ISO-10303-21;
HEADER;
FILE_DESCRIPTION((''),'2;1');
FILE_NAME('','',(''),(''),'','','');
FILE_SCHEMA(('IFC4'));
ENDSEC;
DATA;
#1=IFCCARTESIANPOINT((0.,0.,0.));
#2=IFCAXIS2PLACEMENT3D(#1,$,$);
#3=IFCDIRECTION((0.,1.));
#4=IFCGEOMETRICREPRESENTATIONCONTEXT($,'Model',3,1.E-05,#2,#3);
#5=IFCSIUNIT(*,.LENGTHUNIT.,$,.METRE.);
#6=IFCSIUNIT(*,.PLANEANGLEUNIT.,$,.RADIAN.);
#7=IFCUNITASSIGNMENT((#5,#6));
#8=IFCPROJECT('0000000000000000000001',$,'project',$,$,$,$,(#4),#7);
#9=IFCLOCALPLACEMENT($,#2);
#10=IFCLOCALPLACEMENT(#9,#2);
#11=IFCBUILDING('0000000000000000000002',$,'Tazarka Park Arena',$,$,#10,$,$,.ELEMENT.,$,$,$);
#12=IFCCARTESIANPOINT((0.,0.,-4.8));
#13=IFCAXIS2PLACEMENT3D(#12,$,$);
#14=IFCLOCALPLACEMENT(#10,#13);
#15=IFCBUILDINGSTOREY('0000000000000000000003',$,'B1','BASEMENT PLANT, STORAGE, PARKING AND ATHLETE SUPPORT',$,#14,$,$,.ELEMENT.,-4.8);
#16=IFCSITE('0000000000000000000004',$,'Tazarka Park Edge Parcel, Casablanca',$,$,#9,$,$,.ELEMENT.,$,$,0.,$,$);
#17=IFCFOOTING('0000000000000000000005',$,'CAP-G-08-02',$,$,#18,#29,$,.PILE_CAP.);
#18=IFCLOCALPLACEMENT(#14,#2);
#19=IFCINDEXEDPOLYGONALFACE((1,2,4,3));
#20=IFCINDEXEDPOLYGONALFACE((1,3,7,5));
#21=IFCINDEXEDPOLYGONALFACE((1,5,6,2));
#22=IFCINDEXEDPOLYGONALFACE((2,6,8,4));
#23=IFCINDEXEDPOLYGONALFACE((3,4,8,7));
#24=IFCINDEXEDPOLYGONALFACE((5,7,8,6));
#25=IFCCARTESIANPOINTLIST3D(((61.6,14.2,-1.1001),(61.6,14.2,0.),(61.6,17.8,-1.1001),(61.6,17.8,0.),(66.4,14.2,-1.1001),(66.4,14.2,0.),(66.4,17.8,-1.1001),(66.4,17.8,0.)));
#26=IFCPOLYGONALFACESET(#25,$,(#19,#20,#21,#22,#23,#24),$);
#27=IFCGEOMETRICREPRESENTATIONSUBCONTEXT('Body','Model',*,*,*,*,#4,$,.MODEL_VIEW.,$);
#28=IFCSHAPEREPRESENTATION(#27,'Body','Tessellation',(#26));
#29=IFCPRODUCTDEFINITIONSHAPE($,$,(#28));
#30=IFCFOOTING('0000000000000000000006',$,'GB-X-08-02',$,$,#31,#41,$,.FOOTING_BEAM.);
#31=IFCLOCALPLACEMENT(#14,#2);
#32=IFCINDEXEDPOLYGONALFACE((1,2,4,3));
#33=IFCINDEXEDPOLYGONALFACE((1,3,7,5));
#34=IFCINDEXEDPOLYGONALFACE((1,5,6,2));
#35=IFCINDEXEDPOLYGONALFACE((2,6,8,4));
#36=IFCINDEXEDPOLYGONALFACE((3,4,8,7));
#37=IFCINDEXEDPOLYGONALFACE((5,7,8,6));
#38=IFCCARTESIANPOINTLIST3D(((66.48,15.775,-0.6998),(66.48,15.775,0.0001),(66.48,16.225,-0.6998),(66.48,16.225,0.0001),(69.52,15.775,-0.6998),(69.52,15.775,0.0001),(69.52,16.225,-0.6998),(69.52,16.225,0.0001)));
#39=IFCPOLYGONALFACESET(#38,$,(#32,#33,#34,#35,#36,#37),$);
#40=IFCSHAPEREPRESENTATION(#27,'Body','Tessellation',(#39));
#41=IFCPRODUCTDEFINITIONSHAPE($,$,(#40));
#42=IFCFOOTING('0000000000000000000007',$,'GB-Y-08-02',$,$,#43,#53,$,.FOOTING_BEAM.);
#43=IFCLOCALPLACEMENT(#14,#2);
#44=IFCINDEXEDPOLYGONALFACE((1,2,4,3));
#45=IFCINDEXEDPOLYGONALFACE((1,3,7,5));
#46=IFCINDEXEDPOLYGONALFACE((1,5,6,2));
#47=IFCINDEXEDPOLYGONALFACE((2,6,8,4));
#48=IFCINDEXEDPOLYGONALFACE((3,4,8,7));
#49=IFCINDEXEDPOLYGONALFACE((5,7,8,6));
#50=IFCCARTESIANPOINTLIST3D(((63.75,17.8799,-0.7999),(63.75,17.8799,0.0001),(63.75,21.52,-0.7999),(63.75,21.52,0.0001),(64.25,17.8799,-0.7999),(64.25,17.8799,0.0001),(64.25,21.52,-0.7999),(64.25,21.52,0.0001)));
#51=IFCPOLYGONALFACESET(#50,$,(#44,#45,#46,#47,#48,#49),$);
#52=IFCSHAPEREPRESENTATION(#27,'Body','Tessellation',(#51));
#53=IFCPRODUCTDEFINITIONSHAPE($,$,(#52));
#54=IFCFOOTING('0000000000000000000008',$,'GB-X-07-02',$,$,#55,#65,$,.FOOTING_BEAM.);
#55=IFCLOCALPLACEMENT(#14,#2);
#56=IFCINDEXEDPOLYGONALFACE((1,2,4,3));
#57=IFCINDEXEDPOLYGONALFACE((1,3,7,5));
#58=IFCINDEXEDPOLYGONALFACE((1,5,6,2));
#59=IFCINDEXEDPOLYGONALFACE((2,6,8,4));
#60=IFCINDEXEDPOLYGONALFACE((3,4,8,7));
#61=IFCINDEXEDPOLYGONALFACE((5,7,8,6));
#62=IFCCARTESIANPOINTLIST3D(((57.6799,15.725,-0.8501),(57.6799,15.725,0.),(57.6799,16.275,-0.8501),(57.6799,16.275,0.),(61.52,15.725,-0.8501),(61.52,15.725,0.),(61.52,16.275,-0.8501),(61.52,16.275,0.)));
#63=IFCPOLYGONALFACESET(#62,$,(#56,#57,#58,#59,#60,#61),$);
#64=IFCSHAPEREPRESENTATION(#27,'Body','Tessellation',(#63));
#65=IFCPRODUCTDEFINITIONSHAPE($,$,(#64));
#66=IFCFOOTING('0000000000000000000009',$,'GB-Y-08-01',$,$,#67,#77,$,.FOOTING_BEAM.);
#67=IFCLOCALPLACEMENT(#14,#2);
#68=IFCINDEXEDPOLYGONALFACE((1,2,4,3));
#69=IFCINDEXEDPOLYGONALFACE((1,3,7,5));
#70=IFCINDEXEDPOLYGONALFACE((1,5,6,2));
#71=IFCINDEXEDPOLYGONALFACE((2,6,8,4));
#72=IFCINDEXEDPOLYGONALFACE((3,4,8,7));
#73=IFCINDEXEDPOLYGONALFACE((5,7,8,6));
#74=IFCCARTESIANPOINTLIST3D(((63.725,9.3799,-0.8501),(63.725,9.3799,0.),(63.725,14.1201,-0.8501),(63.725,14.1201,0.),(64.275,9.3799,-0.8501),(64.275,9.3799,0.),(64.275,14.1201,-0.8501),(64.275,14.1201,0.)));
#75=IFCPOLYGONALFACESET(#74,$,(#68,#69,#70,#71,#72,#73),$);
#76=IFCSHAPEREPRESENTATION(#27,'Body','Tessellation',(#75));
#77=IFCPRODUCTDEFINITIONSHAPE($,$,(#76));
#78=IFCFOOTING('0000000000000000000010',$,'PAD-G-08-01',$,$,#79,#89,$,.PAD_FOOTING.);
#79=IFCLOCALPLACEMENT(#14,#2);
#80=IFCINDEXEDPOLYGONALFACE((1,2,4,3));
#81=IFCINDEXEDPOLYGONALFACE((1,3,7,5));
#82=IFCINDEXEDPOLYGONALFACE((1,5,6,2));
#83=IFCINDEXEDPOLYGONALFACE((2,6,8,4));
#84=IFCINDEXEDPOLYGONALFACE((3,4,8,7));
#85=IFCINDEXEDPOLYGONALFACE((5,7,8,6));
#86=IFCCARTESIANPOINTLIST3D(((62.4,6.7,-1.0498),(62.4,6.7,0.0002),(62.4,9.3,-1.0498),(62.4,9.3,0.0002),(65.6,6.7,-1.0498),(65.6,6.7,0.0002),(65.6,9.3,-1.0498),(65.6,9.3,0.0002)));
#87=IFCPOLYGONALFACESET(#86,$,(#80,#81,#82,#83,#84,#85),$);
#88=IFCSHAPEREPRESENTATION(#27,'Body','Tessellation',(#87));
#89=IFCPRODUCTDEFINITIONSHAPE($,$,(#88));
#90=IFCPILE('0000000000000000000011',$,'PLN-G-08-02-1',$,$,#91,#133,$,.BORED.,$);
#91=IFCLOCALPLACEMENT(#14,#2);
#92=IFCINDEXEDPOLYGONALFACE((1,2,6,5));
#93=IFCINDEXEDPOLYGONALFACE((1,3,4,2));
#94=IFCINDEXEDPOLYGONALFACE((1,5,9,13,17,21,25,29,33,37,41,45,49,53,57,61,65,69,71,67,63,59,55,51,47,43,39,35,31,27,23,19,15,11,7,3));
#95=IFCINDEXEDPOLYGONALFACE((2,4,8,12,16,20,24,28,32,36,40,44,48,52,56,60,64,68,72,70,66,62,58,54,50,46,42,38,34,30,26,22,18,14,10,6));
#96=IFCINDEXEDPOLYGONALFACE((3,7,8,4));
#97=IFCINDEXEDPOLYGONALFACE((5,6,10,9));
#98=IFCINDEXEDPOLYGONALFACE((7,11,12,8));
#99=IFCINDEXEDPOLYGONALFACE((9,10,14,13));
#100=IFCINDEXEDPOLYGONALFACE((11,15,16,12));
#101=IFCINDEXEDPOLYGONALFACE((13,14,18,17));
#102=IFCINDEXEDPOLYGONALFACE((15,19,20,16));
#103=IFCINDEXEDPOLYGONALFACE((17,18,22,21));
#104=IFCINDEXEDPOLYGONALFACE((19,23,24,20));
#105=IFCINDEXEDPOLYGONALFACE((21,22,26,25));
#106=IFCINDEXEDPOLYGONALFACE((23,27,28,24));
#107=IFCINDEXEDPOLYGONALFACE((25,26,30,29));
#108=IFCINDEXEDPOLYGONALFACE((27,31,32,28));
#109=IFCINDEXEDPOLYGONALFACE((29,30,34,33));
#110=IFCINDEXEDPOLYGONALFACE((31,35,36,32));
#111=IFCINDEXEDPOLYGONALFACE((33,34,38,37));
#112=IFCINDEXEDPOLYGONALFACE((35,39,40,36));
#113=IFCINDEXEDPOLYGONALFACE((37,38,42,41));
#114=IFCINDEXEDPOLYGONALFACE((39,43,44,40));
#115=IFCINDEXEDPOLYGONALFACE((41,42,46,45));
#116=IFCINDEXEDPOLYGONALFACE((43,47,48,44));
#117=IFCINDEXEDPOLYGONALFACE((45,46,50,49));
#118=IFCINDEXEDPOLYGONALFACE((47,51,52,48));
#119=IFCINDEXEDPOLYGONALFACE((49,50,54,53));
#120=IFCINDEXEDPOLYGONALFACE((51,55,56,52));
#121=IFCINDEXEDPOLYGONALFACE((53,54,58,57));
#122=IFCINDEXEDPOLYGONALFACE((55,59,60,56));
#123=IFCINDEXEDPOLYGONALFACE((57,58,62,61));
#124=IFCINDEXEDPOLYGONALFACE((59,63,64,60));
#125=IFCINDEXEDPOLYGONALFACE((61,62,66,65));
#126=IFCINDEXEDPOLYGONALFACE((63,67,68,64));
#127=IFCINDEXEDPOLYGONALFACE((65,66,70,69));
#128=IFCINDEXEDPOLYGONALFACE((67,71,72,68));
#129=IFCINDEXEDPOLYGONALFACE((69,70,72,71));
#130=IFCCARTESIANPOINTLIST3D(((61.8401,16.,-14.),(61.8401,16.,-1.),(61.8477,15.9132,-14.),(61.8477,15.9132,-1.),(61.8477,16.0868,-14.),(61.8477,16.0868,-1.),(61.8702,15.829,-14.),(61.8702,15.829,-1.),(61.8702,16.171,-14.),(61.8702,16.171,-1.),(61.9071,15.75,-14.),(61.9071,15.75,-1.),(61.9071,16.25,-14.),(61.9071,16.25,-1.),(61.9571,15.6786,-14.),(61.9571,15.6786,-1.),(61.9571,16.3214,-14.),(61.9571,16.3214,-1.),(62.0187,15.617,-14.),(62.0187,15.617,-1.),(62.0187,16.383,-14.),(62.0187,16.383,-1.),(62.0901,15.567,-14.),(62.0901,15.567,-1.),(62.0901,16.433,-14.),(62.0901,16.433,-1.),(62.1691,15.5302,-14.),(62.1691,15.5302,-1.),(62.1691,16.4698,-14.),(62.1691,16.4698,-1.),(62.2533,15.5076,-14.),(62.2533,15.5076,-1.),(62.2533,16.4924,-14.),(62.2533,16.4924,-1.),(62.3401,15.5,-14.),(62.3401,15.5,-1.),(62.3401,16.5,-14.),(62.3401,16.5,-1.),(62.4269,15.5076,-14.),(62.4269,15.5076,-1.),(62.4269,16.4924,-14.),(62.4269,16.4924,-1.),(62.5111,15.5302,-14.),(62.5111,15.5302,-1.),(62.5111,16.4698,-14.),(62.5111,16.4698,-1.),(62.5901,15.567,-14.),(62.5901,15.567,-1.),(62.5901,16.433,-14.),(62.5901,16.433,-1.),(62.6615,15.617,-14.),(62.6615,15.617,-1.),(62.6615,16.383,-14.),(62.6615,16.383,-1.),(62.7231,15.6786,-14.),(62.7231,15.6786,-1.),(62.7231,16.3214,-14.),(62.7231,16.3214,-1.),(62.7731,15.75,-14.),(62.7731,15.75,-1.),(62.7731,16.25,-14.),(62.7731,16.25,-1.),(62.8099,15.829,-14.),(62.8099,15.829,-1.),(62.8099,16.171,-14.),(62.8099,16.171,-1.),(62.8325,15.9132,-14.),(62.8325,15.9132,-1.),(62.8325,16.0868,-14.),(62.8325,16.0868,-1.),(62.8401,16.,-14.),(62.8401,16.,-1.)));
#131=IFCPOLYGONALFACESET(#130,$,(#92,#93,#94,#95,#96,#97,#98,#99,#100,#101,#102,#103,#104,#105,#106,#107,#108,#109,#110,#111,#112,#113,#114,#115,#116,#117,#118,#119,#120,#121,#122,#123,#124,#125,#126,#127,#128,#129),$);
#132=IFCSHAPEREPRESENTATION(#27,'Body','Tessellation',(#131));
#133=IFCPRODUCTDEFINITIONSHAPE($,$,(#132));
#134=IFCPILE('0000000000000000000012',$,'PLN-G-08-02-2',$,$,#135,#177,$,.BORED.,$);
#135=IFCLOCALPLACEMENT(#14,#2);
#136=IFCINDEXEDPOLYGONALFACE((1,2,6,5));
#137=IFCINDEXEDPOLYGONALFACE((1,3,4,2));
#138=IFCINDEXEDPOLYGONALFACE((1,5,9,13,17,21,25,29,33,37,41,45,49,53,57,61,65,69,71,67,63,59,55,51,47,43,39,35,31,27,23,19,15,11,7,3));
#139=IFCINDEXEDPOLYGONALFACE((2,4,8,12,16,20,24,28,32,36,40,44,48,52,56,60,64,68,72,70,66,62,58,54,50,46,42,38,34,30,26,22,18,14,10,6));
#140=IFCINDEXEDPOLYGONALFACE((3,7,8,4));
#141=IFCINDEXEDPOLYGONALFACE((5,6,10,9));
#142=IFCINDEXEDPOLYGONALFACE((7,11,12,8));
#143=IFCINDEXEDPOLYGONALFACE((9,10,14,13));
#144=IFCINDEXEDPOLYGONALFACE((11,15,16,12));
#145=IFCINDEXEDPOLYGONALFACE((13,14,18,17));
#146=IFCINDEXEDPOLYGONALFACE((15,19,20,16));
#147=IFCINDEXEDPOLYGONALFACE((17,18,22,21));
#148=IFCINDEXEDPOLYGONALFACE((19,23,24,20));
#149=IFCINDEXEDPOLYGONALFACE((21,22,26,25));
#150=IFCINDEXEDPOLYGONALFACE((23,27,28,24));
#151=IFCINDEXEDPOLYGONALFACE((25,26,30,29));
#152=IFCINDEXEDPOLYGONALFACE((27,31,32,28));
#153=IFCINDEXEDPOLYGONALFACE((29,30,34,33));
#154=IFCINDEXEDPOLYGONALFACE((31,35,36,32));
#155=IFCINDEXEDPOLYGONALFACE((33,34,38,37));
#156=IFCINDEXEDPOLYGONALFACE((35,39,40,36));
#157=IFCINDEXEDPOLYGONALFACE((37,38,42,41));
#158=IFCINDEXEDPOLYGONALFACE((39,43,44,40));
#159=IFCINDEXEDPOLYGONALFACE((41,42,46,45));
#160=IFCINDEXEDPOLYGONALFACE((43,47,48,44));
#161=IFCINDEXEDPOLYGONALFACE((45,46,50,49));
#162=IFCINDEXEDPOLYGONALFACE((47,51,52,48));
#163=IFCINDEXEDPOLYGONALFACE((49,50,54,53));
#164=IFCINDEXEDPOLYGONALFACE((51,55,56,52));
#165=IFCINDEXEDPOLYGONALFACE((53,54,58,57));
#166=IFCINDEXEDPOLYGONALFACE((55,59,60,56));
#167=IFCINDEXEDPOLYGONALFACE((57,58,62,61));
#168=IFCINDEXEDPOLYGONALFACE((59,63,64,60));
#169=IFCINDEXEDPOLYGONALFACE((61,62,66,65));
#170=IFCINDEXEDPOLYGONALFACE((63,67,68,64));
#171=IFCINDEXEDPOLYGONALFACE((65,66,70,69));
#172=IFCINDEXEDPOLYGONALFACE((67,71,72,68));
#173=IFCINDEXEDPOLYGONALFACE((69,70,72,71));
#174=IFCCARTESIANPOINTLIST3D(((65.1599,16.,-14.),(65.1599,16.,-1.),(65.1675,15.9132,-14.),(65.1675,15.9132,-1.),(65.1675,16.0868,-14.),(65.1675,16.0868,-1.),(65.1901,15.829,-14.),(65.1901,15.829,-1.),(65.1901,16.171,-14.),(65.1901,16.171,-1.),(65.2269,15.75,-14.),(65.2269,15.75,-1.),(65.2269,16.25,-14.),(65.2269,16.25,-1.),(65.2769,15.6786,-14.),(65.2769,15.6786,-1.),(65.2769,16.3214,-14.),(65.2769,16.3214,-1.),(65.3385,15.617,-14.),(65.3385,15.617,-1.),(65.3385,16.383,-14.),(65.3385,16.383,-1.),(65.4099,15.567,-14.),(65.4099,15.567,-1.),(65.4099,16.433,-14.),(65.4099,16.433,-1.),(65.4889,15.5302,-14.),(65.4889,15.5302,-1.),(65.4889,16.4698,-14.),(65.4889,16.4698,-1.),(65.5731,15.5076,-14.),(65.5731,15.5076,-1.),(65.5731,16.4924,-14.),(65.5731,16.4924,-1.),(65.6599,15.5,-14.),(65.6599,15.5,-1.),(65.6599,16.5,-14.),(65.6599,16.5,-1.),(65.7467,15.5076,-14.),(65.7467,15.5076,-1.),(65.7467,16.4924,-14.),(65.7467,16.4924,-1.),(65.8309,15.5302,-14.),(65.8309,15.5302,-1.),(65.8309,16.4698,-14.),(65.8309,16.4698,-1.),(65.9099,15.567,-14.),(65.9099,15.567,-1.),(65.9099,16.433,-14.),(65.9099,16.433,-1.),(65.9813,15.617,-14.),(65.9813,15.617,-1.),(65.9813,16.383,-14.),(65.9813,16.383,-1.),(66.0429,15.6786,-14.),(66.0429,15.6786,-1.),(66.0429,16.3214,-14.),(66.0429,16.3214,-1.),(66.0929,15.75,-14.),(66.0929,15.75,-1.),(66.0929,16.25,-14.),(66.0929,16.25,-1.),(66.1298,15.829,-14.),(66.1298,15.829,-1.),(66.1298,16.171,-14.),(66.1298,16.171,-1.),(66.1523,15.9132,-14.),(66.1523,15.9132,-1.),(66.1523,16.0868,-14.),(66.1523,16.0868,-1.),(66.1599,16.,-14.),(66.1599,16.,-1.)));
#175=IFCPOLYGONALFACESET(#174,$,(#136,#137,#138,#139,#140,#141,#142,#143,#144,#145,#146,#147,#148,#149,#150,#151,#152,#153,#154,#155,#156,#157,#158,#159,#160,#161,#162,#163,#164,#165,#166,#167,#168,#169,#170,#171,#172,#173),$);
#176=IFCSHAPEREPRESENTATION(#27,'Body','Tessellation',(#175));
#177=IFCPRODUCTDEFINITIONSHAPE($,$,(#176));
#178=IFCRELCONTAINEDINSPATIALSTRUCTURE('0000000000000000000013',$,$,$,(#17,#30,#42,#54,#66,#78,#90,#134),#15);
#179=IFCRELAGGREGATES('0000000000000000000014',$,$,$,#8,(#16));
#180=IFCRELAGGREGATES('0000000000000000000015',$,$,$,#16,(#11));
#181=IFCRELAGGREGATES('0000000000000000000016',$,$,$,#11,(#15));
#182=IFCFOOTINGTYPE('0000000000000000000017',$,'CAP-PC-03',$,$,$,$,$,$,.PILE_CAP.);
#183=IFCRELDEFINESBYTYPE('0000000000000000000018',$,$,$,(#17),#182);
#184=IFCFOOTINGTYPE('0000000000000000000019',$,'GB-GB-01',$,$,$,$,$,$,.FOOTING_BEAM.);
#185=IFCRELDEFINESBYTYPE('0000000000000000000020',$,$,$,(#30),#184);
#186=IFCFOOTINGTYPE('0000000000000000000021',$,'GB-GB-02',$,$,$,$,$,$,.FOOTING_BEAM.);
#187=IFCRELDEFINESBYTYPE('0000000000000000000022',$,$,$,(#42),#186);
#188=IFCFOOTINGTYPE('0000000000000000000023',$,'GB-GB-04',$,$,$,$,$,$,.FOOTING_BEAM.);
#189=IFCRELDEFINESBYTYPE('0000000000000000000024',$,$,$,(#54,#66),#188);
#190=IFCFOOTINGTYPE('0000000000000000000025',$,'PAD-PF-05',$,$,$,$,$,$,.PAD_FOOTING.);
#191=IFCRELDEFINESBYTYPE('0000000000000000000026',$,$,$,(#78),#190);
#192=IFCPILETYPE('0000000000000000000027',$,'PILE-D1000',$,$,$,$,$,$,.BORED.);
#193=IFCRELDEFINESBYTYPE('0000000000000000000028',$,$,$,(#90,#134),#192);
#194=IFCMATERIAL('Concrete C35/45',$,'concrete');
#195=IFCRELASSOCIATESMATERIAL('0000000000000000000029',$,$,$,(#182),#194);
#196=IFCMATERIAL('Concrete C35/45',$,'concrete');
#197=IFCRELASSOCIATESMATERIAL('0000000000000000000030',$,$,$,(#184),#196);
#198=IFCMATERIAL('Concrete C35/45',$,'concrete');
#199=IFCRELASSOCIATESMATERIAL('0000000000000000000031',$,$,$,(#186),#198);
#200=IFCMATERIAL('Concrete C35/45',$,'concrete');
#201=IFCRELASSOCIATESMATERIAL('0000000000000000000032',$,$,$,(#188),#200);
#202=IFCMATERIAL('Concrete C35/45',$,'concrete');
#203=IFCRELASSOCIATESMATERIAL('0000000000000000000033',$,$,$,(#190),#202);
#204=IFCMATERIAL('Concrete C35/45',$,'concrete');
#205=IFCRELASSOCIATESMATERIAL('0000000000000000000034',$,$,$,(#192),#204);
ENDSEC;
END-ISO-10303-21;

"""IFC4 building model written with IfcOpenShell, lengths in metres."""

from ifc_helpers import new_model, si_unit, direction, frame, origin, origin_2d, place, context, subcontext, project, spatial, rectangle, circle, extrude, material, material_profile, profile_set, type_object, element, save


model = new_model("IFC4")

# Units and contexts
model_context = context("Model", 3, precision=1e-05, world=origin(), true_north=direction((0.0, 1.0)))
body_context = subcontext(model_context, "Body", "Model", "MODEL_VIEW")
ifc_project = project(units=[si_unit("LENGTHUNIT", "METRE"), si_unit("PLANEANGLEUNIT", "RADIAN")], contexts=[model_context])

# Site, building, storey
site_placement = place(None, origin())
site = spatial("IfcSite", under=ifc_project, at=site_placement, Name="Tazarka Park Edge Parcel, Casablanca", CompositionType="ELEMENT", RefElevation=0.0)
building_placement = place(site_placement, origin())
building = spatial("IfcBuilding", under=site, at=building_placement, Name="Tazarka Park Arena", CompositionType="ELEMENT")
storey_placement = place(building_placement, frame((0.0, 0.0, -4.8)))
storey = spatial("IfcBuildingStorey", under=building, at=storey_placement, Name="B1", Description="BASEMENT PLANT, STORAGE, PARKING AND ATHLETE SUPPORT", CompositionType="ELEMENT", Elevation=-4.8)

# Footings
ifc_material_1 = material(Name="Concrete C35/45", Category="concrete")
footing_type_1 = type_object("IfcFootingType", Name="CAP-PC-03", PredefinedType="PILE_CAP", material=ifc_material_1)
footing_1_placement = place(storey_placement, frame((64.0, 16.0, -1.1001), z_axis=(0.0, 0.0, 1.0), x_axis=(1.0, 0.0, 0.0)))
element("IfcFooting", 1, at=footing_1_placement, inside=storey, type_object=footing_type_1, Name="CAP-G-08-02", PredefinedType="PILE_CAP", context=body_context, shape_type="SweptSolid", body=[
    extrude(rectangle(XDim=4.8, YDim=3.6001, at=origin_2d()), origin(), (0.0, 0.0, 1.0), 1.1001),
])
ifc_material_2 = material(Name="Concrete C35/45", Category="concrete")
ifc_material_profile_1 = material_profile(ifc_material_2, rectangle(XDim=0.45, YDim=0.7, at=origin_2d()), Name="Concrete C35/45")
ifc_profile_set_1 = profile_set([ifc_material_profile_1], Name="Concrete C35/45")
footing_type_2 = type_object("IfcFootingType", Name="GB-GB-01", PredefinedType="FOOTING_BEAM", material=ifc_profile_set_1)
footing_2_placement = place(storey_placement, frame((66.48, 16.0, -0.3499), z_axis=(1.0, 0.0, 0.0), x_axis=(0.0, 1.0, 0.0)))
element("IfcFooting", 2, at=footing_2_placement, inside=storey, type_object=footing_type_2, Name="GB-X-08-02", PredefinedType="FOOTING_BEAM", context=body_context, shape_type="SweptSolid", body=[
    extrude(rectangle(XDim=0.45, YDim=0.7, at=origin_2d()), origin(), (0.0, 0.0, 1.0), 3.04),
])
ifc_material_3 = material(Name="Concrete C35/45", Category="concrete")
ifc_material_profile_2 = material_profile(ifc_material_3, rectangle(XDim=0.5, YDim=0.8, at=origin_2d()), Name="Concrete C35/45")
ifc_profile_set_2 = profile_set([ifc_material_profile_2], Name="Concrete C35/45")
footing_type_3 = type_object("IfcFootingType", Name="GB-GB-02", PredefinedType="FOOTING_BEAM", material=ifc_profile_set_2)
footing_3_placement = place(storey_placement, frame((64.0, 17.8799, -0.3999), z_axis=(0.0, 1.0, 0.0), x_axis=(-1.0, 0.0, 0.0)))
element("IfcFooting", 3, at=footing_3_placement, inside=storey, type_object=footing_type_3, Name="GB-Y-08-02", PredefinedType="FOOTING_BEAM", context=body_context, shape_type="SweptSolid", body=[
    extrude(rectangle(XDim=0.5, YDim=0.8, at=origin_2d()), origin(), (0.0, 0.0, 1.0), 3.6401),
])
ifc_material_4 = material(Name="Concrete C35/45", Category="concrete")
ifc_material_profile_3 = material_profile(ifc_material_4, rectangle(XDim=0.55, YDim=0.8501, at=origin_2d()), Name="Concrete C35/45")
ifc_profile_set_3 = profile_set([ifc_material_profile_3], Name="Concrete C35/45")
footing_type_4 = type_object("IfcFootingType", Name="GB-GB-04", PredefinedType="FOOTING_BEAM", material=ifc_profile_set_3)
footing_4_placement = place(storey_placement, frame((57.6799, 16.0, -0.425), z_axis=(1.0, 0.0, 0.0), x_axis=(0.0, 1.0, 0.0)))
element("IfcFooting", 4, at=footing_4_placement, inside=storey, type_object=footing_type_4, Name="GB-X-07-02", PredefinedType="FOOTING_BEAM", context=body_context, shape_type="SweptSolid", body=[
    extrude(rectangle(XDim=0.55, YDim=0.8501, at=origin_2d()), origin(), (0.0, 0.0, 1.0), 3.8401),
])
footing_5_placement = place(storey_placement, frame((64.0, 9.3799, -0.425), z_axis=(0.0, 1.0, 0.0), x_axis=(-1.0, 0.0, 0.0)))
element("IfcFooting", 5, at=footing_5_placement, inside=storey, type_object=footing_type_4, Name="GB-Y-08-01", PredefinedType="FOOTING_BEAM", context=body_context, shape_type="SweptSolid", body=[
    extrude(rectangle(XDim=0.55, YDim=0.8501, at=origin_2d()), origin(), (0.0, 0.0, 1.0), 4.7402),
])
ifc_material_5 = material(Name="Concrete C35/45", Category="concrete")
footing_type_5 = type_object("IfcFootingType", Name="PAD-PF-05", PredefinedType="PAD_FOOTING", material=ifc_material_5)
footing_6_placement = place(storey_placement, frame((64.0, 8.0, -1.0498), z_axis=(0.0, 0.0, 1.0), x_axis=(1.0, 0.0, 0.0)))
element("IfcFooting", 6, at=footing_6_placement, inside=storey, type_object=footing_type_5, Name="PAD-G-08-01", PredefinedType="PAD_FOOTING", context=body_context, shape_type="SweptSolid", body=[
    extrude(rectangle(XDim=3.2, YDim=2.6001, at=origin_2d()), origin(), (0.0, 0.0, 1.0), 1.05),
])

# Piles
ifc_material_6 = material(Name="Concrete C35/45", Category="concrete")
ifc_material_profile_4 = material_profile(ifc_material_6, circle(Radius=0.5, at=origin_2d()), Name="Concrete C35/45")
ifc_profile_set_4 = profile_set([ifc_material_profile_4], Name="Concrete C35/45")
pile_type_1 = type_object("IfcPileType", Name="PILE-D1000", PredefinedType="BORED", material=ifc_profile_set_4)
for number, where, z_axis, x_axis, name in (
    (7, (62.3401, 16.0, -1.0), (0.0, 0.0, -1.0), (1.0, 0.0, 0.0), "PLN-G-08-02-1"),
    (8, (65.6599, 16.0, -1.0), (0.0, 0.0, -1.0), (1.0, 0.0, 0.0), "PLN-G-08-02-2"),
):
    element("IfcPile", number, at=place(storey_placement, frame(where, z_axis=z_axis, x_axis=x_axis)), inside=storey, type_object=pile_type_1, Name=name, PredefinedType="BORED", context=body_context, shape_type="SweptSolid", body=[
        extrude(circle(Radius=0.5, at=origin_2d()), origin(), (0.0, 0.0, 1.0), 13.0),
    ])

save(model, "model.ifc")
